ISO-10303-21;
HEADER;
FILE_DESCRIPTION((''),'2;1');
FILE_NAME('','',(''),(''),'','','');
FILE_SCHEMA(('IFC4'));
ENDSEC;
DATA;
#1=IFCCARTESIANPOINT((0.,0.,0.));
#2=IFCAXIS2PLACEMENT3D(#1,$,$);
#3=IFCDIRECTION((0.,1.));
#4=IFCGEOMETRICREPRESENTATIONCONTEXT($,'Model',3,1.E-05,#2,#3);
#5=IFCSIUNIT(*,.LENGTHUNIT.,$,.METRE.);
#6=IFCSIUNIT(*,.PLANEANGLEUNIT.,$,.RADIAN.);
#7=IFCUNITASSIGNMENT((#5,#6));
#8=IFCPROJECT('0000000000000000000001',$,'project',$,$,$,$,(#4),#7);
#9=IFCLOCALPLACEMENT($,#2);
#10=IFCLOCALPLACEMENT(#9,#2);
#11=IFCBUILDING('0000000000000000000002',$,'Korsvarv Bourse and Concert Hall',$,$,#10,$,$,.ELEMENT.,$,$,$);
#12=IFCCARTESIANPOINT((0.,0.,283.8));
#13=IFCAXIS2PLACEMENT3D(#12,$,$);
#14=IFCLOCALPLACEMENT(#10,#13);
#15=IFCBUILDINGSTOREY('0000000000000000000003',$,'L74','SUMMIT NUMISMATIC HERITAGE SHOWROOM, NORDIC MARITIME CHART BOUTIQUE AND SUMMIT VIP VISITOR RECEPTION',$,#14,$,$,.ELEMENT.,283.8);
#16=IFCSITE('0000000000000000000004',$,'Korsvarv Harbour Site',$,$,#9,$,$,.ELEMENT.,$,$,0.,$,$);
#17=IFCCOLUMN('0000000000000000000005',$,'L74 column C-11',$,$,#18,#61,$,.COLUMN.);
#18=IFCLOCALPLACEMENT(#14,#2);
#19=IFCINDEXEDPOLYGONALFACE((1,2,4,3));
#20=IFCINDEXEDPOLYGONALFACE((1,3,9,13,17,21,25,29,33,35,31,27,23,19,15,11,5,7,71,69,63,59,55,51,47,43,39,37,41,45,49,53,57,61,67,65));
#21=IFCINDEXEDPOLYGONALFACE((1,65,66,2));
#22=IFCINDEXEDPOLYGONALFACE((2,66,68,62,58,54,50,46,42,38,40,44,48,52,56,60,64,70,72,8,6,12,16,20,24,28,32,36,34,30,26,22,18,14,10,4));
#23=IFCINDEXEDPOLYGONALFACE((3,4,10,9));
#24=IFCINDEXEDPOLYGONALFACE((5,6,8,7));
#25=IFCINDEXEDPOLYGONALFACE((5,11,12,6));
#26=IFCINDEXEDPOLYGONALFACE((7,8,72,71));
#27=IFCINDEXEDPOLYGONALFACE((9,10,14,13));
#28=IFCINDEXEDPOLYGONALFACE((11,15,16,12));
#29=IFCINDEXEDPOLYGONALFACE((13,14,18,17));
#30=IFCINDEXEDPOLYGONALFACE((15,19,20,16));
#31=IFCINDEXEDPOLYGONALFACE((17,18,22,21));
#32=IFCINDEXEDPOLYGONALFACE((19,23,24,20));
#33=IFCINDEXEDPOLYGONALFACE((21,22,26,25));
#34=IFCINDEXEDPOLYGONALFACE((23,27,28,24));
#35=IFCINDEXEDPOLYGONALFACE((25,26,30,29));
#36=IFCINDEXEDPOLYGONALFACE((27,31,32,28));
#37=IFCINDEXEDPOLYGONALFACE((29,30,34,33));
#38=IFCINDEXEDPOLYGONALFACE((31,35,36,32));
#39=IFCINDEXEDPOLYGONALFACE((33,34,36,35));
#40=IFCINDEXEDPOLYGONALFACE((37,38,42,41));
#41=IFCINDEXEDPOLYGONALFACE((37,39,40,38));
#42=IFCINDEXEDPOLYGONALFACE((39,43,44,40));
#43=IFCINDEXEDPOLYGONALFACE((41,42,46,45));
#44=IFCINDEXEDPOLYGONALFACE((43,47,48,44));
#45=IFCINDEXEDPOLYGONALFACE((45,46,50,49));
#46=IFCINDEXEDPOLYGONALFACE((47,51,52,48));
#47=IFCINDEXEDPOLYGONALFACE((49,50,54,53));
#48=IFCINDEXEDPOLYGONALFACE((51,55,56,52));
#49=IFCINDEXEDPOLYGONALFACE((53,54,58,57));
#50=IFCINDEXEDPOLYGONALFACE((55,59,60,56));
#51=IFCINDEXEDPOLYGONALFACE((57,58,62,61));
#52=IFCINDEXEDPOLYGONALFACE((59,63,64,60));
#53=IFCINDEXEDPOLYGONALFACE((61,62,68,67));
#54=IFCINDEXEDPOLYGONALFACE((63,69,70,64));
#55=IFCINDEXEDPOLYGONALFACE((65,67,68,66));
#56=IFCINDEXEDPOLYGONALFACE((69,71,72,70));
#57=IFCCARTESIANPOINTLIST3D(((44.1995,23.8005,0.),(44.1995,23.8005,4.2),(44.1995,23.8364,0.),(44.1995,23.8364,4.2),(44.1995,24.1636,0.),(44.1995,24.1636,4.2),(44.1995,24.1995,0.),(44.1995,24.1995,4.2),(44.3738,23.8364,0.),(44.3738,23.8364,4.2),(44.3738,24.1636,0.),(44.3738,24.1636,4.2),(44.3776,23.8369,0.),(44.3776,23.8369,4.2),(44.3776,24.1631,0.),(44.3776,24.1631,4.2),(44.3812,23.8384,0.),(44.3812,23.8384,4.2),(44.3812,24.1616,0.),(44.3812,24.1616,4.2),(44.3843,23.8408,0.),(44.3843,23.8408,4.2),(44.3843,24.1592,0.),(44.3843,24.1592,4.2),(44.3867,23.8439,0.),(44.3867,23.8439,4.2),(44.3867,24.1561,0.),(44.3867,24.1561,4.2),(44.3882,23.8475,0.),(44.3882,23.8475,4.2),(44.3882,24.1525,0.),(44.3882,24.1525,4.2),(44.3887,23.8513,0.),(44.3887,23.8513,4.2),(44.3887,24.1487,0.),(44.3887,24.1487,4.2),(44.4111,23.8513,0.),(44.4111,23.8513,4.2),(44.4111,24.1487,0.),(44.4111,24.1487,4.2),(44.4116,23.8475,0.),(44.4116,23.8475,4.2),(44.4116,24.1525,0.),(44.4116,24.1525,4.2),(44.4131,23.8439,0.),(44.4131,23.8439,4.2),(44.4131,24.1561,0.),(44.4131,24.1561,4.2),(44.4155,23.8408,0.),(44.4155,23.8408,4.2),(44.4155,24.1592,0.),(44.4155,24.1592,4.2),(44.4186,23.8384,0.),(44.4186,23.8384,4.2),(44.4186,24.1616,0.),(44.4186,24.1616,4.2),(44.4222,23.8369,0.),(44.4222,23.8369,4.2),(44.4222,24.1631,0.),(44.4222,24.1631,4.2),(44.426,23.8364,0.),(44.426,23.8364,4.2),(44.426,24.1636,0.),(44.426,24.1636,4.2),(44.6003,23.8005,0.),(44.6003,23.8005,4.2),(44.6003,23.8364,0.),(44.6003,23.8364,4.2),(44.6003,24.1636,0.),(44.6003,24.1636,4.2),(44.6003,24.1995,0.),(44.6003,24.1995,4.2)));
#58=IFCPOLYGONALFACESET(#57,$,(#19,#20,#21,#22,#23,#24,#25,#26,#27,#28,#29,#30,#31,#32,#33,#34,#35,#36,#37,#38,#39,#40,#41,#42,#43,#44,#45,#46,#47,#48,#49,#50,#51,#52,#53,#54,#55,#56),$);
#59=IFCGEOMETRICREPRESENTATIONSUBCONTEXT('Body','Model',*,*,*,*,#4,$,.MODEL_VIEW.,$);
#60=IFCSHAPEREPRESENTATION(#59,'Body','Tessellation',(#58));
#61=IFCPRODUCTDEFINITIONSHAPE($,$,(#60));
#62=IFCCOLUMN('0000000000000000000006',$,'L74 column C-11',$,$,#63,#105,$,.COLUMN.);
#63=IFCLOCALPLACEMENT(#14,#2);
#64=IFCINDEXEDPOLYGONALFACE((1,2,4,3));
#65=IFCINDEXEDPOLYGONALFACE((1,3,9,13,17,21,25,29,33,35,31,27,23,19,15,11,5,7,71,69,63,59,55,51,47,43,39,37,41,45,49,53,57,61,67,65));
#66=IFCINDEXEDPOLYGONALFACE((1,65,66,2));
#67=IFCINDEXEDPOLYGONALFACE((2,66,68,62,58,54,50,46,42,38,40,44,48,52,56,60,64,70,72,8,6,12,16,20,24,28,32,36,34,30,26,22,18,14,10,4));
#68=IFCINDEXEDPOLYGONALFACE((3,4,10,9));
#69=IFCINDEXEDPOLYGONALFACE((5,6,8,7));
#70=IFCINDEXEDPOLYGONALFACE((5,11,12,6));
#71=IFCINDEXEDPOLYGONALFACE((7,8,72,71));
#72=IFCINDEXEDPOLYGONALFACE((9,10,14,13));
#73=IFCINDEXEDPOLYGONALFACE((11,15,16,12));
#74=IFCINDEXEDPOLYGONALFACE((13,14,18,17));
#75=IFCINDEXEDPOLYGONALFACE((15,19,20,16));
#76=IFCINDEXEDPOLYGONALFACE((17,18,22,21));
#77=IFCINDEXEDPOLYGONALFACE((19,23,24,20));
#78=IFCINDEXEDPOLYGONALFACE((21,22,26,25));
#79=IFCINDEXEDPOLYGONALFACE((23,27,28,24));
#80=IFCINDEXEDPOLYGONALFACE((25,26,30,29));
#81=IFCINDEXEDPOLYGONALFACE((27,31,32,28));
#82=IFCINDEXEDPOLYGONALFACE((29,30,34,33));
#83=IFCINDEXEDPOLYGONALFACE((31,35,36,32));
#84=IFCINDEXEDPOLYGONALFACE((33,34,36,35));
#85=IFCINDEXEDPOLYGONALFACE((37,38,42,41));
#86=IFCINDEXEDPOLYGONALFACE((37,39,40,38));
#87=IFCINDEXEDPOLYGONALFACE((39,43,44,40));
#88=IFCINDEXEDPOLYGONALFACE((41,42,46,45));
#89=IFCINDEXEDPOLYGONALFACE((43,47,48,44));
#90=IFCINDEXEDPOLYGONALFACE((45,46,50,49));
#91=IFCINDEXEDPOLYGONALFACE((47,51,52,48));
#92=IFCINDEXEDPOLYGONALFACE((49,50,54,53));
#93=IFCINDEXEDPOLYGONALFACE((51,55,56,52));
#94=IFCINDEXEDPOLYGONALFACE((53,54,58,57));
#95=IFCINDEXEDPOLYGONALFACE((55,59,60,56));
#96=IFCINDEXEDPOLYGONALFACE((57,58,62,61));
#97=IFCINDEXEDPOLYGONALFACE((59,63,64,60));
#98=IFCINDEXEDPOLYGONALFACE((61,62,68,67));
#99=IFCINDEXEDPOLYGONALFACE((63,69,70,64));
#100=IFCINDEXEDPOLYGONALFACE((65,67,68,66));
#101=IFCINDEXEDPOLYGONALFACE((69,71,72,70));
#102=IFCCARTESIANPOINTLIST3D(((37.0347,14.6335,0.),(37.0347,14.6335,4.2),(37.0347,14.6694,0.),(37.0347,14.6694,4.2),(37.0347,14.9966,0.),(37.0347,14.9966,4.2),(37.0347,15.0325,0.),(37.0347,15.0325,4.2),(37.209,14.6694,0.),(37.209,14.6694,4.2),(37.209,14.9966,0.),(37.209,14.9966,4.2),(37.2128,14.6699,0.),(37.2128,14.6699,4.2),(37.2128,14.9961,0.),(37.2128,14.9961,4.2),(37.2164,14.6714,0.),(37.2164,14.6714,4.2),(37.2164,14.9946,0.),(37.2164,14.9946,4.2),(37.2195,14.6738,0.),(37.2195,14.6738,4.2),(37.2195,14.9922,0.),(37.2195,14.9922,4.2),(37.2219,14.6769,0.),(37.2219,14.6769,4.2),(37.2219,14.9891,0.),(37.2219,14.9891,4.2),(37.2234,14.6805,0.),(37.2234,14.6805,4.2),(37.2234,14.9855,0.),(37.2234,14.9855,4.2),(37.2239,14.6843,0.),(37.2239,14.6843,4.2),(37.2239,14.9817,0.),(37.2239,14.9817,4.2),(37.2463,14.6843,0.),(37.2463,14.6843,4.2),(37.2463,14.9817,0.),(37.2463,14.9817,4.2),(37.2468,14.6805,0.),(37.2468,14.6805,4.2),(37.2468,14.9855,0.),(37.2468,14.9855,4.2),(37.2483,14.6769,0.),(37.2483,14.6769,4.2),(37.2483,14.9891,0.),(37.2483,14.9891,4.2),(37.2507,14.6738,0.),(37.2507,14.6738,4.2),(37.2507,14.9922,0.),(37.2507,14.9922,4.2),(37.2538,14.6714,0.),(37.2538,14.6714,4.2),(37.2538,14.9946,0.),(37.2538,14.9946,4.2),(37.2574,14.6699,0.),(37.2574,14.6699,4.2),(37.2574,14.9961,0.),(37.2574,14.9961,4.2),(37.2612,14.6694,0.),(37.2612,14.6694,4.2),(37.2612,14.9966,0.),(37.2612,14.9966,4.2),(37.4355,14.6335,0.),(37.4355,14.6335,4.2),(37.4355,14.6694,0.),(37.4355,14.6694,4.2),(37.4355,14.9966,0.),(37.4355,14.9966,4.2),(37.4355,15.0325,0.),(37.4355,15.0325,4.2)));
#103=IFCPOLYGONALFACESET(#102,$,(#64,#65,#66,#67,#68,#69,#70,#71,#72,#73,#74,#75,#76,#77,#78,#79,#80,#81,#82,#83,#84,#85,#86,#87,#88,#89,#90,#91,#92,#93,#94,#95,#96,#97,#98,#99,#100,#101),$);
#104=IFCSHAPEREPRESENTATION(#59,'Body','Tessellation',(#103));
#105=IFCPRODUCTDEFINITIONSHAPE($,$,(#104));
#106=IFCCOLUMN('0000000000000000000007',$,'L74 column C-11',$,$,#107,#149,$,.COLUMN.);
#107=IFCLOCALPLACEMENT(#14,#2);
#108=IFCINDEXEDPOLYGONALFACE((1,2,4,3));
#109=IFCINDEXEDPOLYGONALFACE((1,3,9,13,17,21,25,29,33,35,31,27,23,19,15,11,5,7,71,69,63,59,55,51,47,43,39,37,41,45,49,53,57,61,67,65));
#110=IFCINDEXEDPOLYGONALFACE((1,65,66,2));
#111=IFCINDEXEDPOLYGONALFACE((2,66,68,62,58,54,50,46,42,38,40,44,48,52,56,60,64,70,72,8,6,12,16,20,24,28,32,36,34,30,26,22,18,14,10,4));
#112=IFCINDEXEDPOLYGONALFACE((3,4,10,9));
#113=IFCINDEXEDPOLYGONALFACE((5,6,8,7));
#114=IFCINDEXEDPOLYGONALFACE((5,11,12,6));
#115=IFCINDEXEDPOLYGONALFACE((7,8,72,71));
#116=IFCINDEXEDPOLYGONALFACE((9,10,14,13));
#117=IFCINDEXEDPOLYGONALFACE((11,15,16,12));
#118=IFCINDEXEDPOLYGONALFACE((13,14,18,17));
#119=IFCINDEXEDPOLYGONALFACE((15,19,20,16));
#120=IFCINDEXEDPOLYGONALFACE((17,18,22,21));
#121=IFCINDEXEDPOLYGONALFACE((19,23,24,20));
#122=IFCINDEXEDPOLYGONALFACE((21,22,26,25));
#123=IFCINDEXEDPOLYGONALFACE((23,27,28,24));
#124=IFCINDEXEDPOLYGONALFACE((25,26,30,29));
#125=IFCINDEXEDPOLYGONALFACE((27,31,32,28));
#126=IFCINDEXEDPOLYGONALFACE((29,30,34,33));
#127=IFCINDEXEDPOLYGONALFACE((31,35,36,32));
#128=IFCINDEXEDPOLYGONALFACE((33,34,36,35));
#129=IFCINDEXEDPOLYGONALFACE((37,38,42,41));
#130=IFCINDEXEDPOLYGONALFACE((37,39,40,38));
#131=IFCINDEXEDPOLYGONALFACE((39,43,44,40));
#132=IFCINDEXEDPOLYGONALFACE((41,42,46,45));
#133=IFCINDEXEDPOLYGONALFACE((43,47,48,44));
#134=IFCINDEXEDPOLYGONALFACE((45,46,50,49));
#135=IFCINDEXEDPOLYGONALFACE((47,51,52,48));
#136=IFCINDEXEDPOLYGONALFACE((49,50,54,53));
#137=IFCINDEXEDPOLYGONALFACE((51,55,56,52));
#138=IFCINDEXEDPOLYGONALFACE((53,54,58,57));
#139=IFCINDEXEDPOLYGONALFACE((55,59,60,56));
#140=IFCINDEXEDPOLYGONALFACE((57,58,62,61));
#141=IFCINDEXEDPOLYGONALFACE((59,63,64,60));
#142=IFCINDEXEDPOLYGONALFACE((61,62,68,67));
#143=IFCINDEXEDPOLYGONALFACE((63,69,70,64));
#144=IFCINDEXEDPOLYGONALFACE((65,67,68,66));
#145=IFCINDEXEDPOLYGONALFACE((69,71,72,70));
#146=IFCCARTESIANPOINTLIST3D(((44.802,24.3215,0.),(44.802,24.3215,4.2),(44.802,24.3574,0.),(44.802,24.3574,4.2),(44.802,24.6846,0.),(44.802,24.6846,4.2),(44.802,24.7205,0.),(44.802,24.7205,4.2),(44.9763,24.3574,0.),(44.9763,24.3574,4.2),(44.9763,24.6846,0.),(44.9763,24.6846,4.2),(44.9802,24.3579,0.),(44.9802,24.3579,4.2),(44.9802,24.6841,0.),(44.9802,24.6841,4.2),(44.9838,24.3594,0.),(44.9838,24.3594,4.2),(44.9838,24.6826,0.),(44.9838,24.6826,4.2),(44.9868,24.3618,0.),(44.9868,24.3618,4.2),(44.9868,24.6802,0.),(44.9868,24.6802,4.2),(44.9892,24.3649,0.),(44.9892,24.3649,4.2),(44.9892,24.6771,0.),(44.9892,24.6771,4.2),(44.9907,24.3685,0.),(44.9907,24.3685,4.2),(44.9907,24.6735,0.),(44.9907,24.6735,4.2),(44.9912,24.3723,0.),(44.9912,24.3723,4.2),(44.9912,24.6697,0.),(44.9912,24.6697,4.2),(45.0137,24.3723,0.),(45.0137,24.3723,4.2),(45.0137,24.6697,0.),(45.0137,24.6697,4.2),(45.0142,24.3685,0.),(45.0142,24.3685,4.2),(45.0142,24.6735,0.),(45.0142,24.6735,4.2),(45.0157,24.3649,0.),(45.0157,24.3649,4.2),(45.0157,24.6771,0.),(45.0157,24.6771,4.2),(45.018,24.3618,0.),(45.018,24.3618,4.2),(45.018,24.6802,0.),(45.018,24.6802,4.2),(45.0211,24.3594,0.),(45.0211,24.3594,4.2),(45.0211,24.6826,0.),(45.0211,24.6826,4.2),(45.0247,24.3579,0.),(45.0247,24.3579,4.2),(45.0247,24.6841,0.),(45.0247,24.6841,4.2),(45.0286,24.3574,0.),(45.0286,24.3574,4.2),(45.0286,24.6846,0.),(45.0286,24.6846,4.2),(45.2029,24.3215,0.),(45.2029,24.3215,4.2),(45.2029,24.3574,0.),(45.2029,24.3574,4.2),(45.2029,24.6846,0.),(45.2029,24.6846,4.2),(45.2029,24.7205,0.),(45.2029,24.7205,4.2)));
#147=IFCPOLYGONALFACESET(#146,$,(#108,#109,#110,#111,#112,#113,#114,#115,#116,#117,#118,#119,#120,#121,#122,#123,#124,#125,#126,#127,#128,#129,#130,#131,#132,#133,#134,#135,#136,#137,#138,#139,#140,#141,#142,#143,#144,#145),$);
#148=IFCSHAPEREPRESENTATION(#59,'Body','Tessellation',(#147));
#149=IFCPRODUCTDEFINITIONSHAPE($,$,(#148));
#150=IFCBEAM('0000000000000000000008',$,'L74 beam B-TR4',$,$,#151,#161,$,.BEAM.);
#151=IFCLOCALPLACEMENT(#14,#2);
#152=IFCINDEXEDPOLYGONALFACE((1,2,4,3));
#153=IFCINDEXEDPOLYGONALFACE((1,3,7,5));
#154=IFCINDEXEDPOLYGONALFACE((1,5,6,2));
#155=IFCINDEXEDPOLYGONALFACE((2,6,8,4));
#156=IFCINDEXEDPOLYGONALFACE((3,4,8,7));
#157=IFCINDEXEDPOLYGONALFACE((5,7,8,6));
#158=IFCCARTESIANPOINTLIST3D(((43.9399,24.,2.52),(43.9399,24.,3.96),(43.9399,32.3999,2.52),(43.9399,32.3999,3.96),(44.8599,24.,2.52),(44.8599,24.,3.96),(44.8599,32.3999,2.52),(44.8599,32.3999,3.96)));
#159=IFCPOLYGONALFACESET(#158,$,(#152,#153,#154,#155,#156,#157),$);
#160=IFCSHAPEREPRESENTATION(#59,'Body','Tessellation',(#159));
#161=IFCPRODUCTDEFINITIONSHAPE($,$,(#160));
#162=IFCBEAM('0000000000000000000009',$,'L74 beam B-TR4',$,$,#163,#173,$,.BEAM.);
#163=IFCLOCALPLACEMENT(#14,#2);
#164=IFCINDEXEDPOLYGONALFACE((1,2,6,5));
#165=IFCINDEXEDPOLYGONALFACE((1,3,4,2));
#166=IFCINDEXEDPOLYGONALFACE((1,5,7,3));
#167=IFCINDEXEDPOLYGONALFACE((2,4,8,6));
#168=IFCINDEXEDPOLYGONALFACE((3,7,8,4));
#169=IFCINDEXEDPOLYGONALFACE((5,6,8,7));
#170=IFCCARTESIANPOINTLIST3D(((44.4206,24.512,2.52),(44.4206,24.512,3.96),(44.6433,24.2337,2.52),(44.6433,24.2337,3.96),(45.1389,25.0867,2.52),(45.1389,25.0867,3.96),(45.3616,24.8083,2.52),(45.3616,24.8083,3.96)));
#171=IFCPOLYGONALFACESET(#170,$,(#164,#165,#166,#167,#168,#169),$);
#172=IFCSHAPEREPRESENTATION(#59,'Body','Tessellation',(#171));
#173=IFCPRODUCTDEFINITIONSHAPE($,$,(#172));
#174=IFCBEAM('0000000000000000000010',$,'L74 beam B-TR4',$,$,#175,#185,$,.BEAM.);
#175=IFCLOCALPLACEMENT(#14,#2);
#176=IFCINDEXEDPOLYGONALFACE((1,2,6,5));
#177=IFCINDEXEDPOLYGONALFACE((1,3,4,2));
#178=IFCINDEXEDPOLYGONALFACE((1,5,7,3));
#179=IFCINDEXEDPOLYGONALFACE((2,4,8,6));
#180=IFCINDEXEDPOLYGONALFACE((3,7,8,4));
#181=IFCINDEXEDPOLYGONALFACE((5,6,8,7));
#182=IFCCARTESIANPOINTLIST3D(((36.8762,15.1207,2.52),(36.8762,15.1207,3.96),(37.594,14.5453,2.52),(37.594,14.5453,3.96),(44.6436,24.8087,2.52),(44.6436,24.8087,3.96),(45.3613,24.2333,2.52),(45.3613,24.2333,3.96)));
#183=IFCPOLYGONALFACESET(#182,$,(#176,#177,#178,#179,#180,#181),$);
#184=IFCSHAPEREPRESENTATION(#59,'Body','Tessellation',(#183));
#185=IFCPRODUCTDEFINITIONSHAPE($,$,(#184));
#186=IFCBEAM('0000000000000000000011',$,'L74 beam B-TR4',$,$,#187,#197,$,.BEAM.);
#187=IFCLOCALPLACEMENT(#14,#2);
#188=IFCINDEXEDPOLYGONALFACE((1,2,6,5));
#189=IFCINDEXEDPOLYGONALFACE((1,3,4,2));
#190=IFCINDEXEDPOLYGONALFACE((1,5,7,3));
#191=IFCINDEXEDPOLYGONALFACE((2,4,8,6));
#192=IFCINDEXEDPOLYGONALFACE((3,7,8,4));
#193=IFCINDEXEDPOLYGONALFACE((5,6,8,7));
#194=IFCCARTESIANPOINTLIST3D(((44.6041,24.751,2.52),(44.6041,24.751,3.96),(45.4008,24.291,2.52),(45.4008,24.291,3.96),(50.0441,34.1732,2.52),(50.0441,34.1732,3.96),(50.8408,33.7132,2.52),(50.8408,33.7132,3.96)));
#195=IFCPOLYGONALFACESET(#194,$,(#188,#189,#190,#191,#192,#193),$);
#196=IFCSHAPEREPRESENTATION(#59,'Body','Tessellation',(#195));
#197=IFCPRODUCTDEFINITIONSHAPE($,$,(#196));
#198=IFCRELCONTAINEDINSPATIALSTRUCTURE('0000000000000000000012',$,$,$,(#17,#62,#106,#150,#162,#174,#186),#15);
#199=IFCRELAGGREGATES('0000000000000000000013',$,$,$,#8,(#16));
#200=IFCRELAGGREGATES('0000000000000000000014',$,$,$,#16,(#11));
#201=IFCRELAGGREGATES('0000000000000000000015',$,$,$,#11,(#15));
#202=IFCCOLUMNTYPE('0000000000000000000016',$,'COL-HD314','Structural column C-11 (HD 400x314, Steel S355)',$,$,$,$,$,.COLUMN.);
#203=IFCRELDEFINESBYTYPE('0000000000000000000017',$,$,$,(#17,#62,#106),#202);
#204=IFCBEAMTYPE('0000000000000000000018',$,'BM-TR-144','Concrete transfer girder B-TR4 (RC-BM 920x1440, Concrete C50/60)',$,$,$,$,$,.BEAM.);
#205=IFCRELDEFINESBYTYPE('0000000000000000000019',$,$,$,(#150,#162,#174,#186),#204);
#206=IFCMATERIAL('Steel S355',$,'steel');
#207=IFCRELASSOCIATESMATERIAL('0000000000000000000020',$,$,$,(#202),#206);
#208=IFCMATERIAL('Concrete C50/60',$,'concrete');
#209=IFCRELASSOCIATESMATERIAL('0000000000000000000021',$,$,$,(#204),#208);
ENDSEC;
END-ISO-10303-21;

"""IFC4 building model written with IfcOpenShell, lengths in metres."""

from ifc_helpers import new_model, si_unit, direction, frame, origin, origin_2d, place, context, subcontext, project, spatial, rectangle, i_section, extrude, source, transform, mapped, material, material_profile, profile_set, type_object, element, save


model = new_model("IFC4")

# Units and contexts
model_context = context("Model", 3, precision=1e-05, world=origin(), true_north=direction((0.0, 1.0)))
body_context = subcontext(model_context, "Body", "Model", "MODEL_VIEW")
ifc_project = project(units=[si_unit("LENGTHUNIT", "METRE"), si_unit("PLANEANGLEUNIT", "RADIAN")], contexts=[model_context])

# Site, building, storey
site_placement = place(None, origin())
site = spatial("IfcSite", under=ifc_project, at=site_placement, Name="Korsvarv Harbour Site", CompositionType="ELEMENT", RefElevation=0.0)
building_placement = place(site_placement, origin())
building = spatial("IfcBuilding", under=site, at=building_placement, Name="Korsvarv Bourse and Concert Hall", CompositionType="ELEMENT")
storey_placement = place(building_placement, frame((0.0, 0.0, 283.8)))
storey = spatial("IfcBuildingStorey", under=building, at=storey_placement, Name="L74", Description="SUMMIT NUMISMATIC HERITAGE SHOWROOM, NORDIC MARITIME CHART BOUTIQUE AND SUMMIT VIP VISITOR RECEPTION", CompositionType="ELEMENT", Elevation=283.8)

# Columns
ifc_material_1 = material(Name="Steel S355", Category="steel")
ifc_material_profile_1 = material_profile(ifc_material_1, i_section(OverallWidth=0.4009, OverallDepth=0.3989, WebThickness=0.0225, FlangeThickness=0.0359, FilletRadius=0.0149, at=origin_2d()), Name="HD 400x314")
ifc_profile_set_1 = profile_set([ifc_material_profile_1], Name="Steel S355")
column_type = type_object("IfcColumnType", Name="COL-HD314", Description="Structural column C-11 (HD 400x314, Steel S355)", PredefinedType="COLUMN", material=ifc_profile_set_1)
shared_shape_1 = source(origin(), body_context, "Body", "SweptSolid", [
    extrude(i_section(OverallWidth=0.4009, OverallDepth=0.3989, WebThickness=0.0225, FlangeThickness=0.0359, FilletRadius=0.0149, at=origin_2d()), origin(), (0.0, 0.0, 1.0), 4.2),
])
for number, where, z_axis, x_axis, name in (
    (1, (44.3999, 24.0, 0.0), (0.0, 0.0, 1.0), (1.0, 0.0, 0.0), "L74 column C-11"),
    (2, (37.2351, 14.833, 0.0), (0.0, 0.0, 1.0), (1.0, 0.0, 0.0), "L74 column C-11"),
    (3, (45.0024, 24.521, 0.0), (0.0, 0.0, 1.0), (1.0, 0.0, 0.0), "L74 column C-11"),
):
    element("IfcColumn", number, at=place(storey_placement, frame(where, z_axis=z_axis, x_axis=x_axis)), inside=storey, type_object=column_type, Name=name, PredefinedType="COLUMN", context=body_context, shape_type="MappedRepresentation", body=[
        mapped(shared_shape_1, transform((0.0, 0.0, 0.0), scale=1.0)),
    ])

# Beams
ifc_material_2 = material(Name="Concrete C50/60", Category="concrete")
ifc_material_profile_2 = material_profile(ifc_material_2, rectangle(XDim=0.9199, YDim=1.4399, at=origin_2d()), Name="RC-BM 920x1440")
ifc_profile_set_2 = profile_set([ifc_material_profile_2], Name="Concrete C50/60")
beam_type = type_object("IfcBeamType", Name="BM-TR-144", Description="Concrete transfer girder B-TR4 (RC-BM 920x1440, Concrete C50/60)", PredefinedType="BEAM", material=ifc_profile_set_2)
shared_shape_2 = source(origin(), body_context, "Body", "SweptSolid", [
    extrude(rectangle(XDim=0.9199, YDim=1.4399, at=origin_2d()), origin(), (0.0, 0.0, 1.0), 8.3999),
])
beam_1_placement = place(storey_placement, frame((44.3999, 24.0, 3.24), z_axis=(0.0, 1.0, 0.0), x_axis=(-1.0, 0.0, 0.0)))
element("IfcBeam", 4, at=beam_1_placement, inside=storey, type_object=beam_type, Name="L74 beam B-TR4", PredefinedType="BEAM", context=body_context, shape_type="MappedRepresentation", body=[
    mapped(shared_shape_2, transform((0.0, 0.0, 0.0), scale=1.0)),
])
shared_shape_3 = source(origin(), body_context, "Body", "SweptSolid", [
    extrude(rectangle(XDim=0.9199, YDim=1.4399, at=origin_2d()), origin(), (0.0, 0.0, 1.0), 0.3564),
])
beam_2_placement = place(storey_placement, frame((45.0024, 24.521, 3.24), z_axis=(-0.624695, 0.780869, 0.0), x_axis=(-0.780869, -0.624695, 0.0)))
element("IfcBeam", 5, at=beam_2_placement, inside=storey, type_object=beam_type, Name="L74 beam B-TR4", PredefinedType="BEAM", context=body_context, shape_type="MappedRepresentation", body=[
    mapped(shared_shape_3, transform((0.0, 0.0, 0.0), scale=1.0)),
])
shared_shape_4 = source(origin(), body_context, "Body", "SweptSolid", [
    extrude(rectangle(XDim=0.9199, YDim=1.4399, at=origin_2d()), origin(), (0.0, 0.0, 1.0), 12.4172),
])
beam_3_placement = place(storey_placement, frame((37.2351, 14.833, 3.24), z_axis=(0.625527, 0.780203, 0.0), x_axis=(-0.780203, 0.625527, 0.0)))
element("IfcBeam", 6, at=beam_3_placement, inside=storey, type_object=beam_type, Name="L74 beam B-TR4", PredefinedType="BEAM", context=body_context, shape_type="MappedRepresentation", body=[
    mapped(shared_shape_4, transform((0.0, 0.0, 0.0), scale=1.0)),
])
shared_shape_5 = source(origin(), body_context, "Body", "SweptSolid", [
    extrude(rectangle(XDim=0.9199, YDim=1.4399, at=origin_2d()), origin(), (0.0, 0.0, 1.0), 10.8799),
])
beam_4_placement = place(storey_placement, frame((45.0024, 24.521, 3.24), z_axis=(0.500005, 0.866022, 0.0), x_axis=(-0.866022, 0.500005, 0.0)))
element("IfcBeam", 7, at=beam_4_placement, inside=storey, type_object=beam_type, Name="L74 beam B-TR4", PredefinedType="BEAM", context=body_context, shape_type="MappedRepresentation", body=[
    mapped(shared_shape_5, transform((0.0, 0.0, 0.0), scale=1.0)),
])

save(model, "model.ifc")
